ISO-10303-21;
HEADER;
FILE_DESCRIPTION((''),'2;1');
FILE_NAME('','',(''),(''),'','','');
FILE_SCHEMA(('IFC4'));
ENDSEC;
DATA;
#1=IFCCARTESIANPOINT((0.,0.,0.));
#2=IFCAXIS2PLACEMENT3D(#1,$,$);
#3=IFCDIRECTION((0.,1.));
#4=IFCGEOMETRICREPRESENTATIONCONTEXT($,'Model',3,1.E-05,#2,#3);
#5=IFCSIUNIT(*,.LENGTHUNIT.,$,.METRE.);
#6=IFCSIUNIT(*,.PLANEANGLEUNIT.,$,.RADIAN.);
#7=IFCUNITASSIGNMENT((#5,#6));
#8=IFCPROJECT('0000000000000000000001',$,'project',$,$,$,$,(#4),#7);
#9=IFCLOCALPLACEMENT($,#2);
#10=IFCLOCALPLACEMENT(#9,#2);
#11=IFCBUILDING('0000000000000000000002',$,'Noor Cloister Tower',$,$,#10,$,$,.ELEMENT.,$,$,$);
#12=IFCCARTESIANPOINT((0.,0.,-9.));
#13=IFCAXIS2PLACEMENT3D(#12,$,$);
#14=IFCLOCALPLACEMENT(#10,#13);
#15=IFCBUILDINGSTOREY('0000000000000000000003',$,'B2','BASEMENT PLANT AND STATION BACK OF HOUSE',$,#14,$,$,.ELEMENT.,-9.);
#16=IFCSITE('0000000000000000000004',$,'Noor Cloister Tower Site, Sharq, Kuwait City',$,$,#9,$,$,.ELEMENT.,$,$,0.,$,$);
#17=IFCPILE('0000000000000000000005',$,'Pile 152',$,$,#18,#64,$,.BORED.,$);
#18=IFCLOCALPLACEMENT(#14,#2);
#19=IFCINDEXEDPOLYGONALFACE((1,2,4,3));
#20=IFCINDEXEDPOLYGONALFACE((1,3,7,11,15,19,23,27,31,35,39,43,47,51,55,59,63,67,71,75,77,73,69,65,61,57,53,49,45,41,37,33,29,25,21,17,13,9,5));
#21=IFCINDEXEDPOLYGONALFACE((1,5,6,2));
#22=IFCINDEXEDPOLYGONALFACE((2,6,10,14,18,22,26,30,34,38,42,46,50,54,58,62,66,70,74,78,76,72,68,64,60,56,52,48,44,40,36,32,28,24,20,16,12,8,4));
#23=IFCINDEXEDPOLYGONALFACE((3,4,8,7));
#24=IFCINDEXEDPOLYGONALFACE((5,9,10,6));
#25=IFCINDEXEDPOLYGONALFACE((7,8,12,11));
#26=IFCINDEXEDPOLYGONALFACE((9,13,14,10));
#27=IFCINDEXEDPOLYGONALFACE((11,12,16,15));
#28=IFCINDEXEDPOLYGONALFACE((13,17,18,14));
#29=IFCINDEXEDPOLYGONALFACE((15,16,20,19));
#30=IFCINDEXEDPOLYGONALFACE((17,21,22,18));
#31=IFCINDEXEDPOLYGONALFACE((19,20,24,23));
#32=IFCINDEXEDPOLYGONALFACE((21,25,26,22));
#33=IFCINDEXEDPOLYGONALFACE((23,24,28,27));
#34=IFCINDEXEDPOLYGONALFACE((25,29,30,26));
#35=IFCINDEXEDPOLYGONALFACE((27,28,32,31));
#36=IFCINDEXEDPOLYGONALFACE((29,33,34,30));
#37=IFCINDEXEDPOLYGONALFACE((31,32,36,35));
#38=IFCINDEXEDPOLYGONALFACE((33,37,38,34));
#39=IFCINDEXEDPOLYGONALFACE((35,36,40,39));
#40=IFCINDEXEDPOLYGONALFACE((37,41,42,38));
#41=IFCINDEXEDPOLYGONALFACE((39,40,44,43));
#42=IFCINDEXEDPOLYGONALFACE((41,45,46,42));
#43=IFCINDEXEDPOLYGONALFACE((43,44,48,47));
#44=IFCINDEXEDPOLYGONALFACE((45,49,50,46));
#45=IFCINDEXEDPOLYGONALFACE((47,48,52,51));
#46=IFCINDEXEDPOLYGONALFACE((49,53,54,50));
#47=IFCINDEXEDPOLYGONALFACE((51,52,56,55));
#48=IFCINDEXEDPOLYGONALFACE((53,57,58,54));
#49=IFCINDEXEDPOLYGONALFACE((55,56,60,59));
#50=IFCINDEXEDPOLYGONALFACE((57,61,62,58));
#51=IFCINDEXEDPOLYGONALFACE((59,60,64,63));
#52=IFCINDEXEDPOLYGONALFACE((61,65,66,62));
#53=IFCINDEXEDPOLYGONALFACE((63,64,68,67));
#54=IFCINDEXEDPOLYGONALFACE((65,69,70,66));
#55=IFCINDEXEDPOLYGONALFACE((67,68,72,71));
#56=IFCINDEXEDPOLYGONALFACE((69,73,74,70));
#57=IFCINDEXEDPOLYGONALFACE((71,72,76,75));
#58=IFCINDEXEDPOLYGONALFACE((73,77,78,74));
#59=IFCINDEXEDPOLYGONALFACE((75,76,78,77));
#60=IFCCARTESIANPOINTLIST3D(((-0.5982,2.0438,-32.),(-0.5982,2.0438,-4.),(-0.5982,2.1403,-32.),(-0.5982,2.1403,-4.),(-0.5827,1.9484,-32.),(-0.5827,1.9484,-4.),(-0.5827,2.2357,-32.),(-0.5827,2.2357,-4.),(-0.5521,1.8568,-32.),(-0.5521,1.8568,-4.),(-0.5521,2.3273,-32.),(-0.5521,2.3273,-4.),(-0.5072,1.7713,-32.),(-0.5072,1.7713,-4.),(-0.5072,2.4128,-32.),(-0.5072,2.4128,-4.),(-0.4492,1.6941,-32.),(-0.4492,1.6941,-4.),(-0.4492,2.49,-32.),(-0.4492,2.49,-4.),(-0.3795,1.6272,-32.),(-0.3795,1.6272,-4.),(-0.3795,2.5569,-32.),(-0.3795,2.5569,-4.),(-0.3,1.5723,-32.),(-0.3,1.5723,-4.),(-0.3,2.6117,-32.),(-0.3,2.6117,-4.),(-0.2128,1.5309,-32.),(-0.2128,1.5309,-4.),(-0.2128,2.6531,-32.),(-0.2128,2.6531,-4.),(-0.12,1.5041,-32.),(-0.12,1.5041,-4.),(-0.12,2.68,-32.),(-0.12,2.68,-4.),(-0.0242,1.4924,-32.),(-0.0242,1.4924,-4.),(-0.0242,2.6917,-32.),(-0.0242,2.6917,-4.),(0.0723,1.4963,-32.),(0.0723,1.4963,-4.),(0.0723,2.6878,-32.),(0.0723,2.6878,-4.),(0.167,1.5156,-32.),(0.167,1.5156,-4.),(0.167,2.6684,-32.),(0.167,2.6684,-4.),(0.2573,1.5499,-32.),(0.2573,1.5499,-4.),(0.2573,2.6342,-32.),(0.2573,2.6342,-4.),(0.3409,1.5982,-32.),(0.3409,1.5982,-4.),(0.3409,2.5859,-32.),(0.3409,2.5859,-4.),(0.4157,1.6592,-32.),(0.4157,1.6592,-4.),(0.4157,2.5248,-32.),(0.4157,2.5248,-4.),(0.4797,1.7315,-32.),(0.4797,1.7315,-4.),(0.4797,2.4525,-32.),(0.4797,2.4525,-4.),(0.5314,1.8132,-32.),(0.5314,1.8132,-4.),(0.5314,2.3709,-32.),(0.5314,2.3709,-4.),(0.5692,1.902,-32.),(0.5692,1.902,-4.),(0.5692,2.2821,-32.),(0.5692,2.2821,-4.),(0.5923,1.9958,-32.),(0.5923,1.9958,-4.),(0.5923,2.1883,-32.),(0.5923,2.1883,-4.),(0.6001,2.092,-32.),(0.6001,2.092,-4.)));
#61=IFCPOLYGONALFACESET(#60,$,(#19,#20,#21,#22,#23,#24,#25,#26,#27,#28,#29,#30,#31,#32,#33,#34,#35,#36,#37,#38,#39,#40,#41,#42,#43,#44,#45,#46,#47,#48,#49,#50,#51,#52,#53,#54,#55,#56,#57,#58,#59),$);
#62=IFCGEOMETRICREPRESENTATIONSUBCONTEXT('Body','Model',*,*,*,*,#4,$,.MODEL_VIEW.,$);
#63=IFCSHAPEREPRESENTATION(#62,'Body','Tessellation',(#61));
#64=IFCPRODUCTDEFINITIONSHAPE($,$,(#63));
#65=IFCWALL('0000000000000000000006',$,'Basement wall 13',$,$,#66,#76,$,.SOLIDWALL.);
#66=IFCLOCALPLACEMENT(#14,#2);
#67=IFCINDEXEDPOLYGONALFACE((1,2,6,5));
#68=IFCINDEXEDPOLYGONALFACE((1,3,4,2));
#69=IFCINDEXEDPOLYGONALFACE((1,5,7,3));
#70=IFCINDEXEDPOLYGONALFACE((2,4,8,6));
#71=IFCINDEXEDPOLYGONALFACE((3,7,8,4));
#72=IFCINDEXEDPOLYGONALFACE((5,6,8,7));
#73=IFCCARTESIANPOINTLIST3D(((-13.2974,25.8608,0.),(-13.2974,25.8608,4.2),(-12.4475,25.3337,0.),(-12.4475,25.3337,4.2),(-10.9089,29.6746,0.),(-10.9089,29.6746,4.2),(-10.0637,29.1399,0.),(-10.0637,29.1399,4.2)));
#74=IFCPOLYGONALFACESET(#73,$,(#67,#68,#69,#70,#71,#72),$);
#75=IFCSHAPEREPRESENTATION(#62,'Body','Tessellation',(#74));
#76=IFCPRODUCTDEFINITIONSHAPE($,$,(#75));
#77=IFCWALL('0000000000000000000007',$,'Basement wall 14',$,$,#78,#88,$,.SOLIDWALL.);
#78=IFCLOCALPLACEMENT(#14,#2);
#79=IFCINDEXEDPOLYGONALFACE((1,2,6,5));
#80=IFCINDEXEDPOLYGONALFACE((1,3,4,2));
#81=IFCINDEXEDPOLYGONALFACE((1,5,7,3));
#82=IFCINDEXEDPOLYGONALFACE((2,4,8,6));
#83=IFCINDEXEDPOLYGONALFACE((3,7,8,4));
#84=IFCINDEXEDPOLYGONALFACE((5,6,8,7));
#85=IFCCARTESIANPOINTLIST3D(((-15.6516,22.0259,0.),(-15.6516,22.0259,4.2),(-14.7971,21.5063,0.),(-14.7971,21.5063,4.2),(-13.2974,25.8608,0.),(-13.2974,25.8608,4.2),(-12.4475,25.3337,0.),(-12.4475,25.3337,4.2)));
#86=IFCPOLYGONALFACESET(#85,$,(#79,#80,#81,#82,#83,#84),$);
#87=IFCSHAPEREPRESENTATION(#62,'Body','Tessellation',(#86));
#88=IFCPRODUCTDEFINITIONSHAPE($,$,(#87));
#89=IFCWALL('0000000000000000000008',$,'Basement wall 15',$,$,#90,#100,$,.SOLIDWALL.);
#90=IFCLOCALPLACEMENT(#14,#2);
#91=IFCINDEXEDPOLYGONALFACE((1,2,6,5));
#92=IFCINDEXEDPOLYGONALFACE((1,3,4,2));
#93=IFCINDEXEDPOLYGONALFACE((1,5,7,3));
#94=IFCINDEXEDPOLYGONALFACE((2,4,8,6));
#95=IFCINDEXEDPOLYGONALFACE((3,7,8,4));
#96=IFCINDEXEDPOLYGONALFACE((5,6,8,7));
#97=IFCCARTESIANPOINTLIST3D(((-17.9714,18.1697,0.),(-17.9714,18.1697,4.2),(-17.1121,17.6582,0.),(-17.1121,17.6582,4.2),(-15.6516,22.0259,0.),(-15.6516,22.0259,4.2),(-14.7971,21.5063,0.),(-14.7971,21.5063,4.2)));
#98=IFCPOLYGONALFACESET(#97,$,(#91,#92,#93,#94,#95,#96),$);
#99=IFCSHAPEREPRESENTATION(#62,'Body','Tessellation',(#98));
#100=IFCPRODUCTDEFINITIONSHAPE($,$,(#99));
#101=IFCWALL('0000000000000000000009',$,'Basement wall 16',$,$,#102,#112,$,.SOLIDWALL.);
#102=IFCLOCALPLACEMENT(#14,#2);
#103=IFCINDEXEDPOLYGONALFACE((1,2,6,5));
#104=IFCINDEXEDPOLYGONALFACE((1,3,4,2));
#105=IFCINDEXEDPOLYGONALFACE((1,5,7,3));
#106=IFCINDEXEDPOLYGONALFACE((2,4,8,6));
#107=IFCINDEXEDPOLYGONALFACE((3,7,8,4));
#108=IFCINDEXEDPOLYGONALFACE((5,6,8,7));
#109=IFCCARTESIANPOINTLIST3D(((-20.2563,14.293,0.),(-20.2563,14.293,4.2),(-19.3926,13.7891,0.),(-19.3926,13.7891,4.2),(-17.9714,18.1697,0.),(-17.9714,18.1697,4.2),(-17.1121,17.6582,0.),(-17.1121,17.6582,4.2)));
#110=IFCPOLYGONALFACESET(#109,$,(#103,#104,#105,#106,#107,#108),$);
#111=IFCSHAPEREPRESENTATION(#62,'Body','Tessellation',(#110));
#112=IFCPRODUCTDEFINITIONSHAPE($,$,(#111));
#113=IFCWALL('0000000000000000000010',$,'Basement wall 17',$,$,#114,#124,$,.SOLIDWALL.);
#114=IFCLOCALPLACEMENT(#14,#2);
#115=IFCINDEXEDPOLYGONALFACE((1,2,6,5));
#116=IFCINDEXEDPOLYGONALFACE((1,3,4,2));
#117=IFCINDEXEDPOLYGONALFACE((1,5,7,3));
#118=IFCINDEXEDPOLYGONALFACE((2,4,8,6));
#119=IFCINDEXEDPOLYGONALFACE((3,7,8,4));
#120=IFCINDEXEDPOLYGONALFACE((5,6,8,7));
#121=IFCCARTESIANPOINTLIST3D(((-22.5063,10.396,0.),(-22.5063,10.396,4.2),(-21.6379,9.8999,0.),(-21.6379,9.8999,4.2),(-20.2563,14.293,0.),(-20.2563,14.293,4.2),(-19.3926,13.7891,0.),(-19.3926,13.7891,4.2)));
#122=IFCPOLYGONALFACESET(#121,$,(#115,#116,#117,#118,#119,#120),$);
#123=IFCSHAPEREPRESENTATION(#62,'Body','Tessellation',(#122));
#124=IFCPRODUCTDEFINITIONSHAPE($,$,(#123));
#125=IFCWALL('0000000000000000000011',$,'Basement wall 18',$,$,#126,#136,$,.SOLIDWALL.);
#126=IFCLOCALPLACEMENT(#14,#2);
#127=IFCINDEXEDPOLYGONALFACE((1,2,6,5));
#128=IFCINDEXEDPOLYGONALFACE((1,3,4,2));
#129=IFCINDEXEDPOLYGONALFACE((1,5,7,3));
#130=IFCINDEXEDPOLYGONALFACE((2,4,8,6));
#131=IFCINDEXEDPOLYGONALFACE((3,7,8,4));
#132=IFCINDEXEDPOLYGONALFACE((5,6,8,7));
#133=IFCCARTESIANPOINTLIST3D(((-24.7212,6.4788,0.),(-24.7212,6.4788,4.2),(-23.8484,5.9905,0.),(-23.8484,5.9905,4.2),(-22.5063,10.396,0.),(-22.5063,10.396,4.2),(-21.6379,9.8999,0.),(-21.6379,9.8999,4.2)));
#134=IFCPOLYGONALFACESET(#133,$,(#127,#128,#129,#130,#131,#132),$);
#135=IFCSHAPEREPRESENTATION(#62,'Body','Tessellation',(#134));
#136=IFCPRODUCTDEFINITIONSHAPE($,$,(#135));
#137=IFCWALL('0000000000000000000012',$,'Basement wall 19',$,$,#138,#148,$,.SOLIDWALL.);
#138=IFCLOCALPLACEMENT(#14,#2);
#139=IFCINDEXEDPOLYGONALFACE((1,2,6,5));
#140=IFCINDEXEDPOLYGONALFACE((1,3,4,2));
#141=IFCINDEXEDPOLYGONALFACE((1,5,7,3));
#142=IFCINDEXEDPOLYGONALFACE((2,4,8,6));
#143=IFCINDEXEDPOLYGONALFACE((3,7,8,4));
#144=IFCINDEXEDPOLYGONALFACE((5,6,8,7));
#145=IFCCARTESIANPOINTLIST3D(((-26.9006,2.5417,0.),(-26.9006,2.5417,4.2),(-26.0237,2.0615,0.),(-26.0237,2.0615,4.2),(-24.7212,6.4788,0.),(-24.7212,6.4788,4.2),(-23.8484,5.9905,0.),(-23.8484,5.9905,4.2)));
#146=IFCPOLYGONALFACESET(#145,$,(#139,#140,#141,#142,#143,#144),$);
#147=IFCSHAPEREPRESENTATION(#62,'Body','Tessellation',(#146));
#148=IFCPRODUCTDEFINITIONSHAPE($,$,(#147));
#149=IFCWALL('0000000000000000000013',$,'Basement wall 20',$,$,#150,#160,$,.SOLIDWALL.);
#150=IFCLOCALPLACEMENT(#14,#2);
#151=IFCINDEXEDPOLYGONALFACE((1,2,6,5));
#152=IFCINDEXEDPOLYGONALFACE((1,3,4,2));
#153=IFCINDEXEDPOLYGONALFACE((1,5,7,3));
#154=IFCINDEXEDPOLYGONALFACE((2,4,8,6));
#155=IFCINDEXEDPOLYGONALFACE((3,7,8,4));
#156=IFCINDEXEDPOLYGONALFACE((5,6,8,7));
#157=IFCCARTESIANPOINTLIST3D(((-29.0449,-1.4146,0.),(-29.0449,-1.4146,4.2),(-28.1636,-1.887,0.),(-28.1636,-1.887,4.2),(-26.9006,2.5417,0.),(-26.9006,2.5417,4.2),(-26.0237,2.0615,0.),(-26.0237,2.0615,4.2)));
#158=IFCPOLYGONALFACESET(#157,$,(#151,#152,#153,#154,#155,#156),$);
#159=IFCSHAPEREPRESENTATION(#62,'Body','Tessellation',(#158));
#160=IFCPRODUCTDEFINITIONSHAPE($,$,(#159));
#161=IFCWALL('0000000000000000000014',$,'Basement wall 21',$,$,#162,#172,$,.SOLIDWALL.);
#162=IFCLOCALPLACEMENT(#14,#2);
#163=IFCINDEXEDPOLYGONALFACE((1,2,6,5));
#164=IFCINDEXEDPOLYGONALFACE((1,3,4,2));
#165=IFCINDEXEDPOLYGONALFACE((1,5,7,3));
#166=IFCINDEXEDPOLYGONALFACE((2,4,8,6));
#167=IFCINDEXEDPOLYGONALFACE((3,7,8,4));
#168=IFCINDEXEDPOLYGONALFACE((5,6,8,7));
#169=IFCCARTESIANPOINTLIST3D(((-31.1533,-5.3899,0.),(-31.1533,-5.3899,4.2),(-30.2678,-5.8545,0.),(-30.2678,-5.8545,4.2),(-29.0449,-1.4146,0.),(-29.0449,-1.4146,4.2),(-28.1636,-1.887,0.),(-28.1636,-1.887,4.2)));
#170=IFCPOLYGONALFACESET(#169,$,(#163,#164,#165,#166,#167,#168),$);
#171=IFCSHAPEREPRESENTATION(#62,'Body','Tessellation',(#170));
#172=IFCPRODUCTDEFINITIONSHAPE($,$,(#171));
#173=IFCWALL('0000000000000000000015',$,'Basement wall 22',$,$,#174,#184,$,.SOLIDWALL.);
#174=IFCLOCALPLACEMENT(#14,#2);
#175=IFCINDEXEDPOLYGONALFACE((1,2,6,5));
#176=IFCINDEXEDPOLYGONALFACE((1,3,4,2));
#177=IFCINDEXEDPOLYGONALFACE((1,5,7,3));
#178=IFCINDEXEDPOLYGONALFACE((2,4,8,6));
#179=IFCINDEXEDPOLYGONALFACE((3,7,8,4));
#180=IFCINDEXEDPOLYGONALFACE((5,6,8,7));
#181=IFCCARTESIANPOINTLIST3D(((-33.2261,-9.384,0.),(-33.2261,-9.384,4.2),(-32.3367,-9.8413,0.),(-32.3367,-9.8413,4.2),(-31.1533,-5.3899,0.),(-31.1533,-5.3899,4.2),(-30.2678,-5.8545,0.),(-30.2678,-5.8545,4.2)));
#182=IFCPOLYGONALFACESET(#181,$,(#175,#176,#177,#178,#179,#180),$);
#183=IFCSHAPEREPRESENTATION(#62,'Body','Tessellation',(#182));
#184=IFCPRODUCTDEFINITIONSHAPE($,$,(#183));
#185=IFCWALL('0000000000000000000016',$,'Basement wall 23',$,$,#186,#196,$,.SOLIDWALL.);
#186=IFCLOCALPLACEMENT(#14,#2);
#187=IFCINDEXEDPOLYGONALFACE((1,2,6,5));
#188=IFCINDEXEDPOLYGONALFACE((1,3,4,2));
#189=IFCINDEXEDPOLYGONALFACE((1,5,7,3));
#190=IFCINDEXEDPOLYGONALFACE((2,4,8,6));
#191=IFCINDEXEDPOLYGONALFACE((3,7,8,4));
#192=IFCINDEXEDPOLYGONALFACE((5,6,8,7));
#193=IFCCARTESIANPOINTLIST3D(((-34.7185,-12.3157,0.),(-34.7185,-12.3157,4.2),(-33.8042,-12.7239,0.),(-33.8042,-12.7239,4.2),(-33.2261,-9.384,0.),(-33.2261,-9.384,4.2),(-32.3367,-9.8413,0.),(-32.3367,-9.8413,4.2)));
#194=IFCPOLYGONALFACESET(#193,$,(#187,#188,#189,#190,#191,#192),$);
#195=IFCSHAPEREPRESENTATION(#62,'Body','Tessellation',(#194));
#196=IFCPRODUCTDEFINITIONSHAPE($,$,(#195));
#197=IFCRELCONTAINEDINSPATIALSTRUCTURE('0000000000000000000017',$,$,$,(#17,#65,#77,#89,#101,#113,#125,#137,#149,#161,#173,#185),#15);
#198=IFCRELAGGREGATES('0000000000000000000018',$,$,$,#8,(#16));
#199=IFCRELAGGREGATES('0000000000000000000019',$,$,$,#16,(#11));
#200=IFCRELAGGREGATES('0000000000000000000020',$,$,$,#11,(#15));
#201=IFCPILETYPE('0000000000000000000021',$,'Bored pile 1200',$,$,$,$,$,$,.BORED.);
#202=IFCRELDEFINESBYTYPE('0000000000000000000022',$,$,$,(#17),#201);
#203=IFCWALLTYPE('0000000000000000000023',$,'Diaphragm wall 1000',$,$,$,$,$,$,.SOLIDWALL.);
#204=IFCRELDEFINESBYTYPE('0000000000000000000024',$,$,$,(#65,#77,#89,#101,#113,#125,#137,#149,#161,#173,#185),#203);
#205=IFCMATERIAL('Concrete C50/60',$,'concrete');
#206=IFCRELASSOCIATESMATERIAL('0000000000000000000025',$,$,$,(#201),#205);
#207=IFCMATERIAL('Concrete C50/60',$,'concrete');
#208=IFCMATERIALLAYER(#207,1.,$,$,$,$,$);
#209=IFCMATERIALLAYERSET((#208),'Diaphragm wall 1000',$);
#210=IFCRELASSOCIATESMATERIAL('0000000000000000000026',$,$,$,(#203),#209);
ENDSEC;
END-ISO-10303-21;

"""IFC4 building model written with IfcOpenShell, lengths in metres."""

from ifc_helpers import new_model, si_unit, direction, frame, origin, origin_2d, place, context, subcontext, project, spatial, polyline, circle, outline, extrude, material, layer, layer_set, material_profile, profile_set, type_object, element, save


model = new_model("IFC4")

# Units and contexts
model_context = context("Model", 3, precision=1e-05, world=origin(), true_north=direction((0.0, 1.0)))
body_context = subcontext(model_context, "Body", "Model", "MODEL_VIEW")
ifc_project = project(units=[si_unit("LENGTHUNIT", "METRE"), si_unit("PLANEANGLEUNIT", "RADIAN")], contexts=[model_context])

# Site, building, storey
site_placement = place(None, origin())
site = spatial("IfcSite", under=ifc_project, at=site_placement, Name="Noor Cloister Tower Site, Sharq, Kuwait City", CompositionType="ELEMENT", RefElevation=0.0)
building_placement = place(site_placement, origin())
building = spatial("IfcBuilding", under=site, at=building_placement, Name="Noor Cloister Tower", CompositionType="ELEMENT")
storey_placement = place(building_placement, frame((0.0, 0.0, -9.0)))
storey = spatial("IfcBuildingStorey", under=building, at=storey_placement, Name="B2", Description="BASEMENT PLANT AND STATION BACK OF HOUSE", CompositionType="ELEMENT", Elevation=-9.0)

# Pile
ifc_material_1 = material(Name="Concrete C50/60", Category="concrete")
ifc_material_profile = material_profile(ifc_material_1, circle(Radius=0.6001, at=origin_2d()), Name="Bored pile 1200")
ifc_profile_set = profile_set([ifc_material_profile], Name="Concrete C50/60")
pile_type = type_object("IfcPileType", Name="Bored pile 1200", PredefinedType="BORED", material=ifc_profile_set)
pile_placement = place(storey_placement, frame((0.0, 2.092, -4.0), z_axis=(0.0, 0.0, -1.0), x_axis=(1.0, 0.0, 0.0)))
element("IfcPile", 1, at=pile_placement, inside=storey, type_object=pile_type, Name="Pile 152", PredefinedType="BORED", context=body_context, shape_type="SweptSolid", body=[
    extrude(circle(Radius=0.6001, at=origin_2d()), origin(), (0.0, 0.0, 1.0), 28.0),
])

# Walls
ifc_material_2 = material(Name="Concrete C50/60", Category="concrete")
ifc_layer = layer(ifc_material_2, 1.0)
ifc_layer_set = layer_set([ifc_layer], Name="Diaphragm wall 1000")
wall_type = type_object("IfcWallType", Name="Diaphragm wall 1000", PredefinedType="SOLIDWALL", material=ifc_layer_set)
wall_1_placement = place(storey_placement, origin())
element("IfcWall", 2, at=wall_1_placement, inside=storey, type_object=wall_type, Name="Basement wall 13", PredefinedType="SOLIDWALL", context=body_context, shape_type="SweptSolid", body=[
    extrude(outline(polyline([(-10.9089, 29.6746), (-13.2974, 25.8608), (-12.4475, 25.3337), (-10.0637, 29.1399), (-10.9089, 29.6746)])), origin(), (0.0, 0.0, 1.0), 4.2),
])
wall_2_placement = place(storey_placement, origin())
element("IfcWall", 3, at=wall_2_placement, inside=storey, type_object=wall_type, Name="Basement wall 14", PredefinedType="SOLIDWALL", context=body_context, shape_type="SweptSolid", body=[
    extrude(outline(polyline([(-13.2974, 25.8608), (-15.6516, 22.0259), (-14.7971, 21.5063), (-12.4475, 25.3337), (-13.2974, 25.8608)])), origin(), (0.0, 0.0, 1.0), 4.2),
])
wall_3_placement = place(storey_placement, origin())
element("IfcWall", 4, at=wall_3_placement, inside=storey, type_object=wall_type, Name="Basement wall 15", PredefinedType="SOLIDWALL", context=body_context, shape_type="SweptSolid", body=[
    extrude(outline(polyline([(-15.6516, 22.0259), (-17.9714, 18.1697), (-17.1121, 17.6582), (-14.7971, 21.5063), (-15.6516, 22.0259)])), origin(), (0.0, 0.0, 1.0), 4.2),
])
wall_4_placement = place(storey_placement, origin())
element("IfcWall", 5, at=wall_4_placement, inside=storey, type_object=wall_type, Name="Basement wall 16", PredefinedType="SOLIDWALL", context=body_context, shape_type="SweptSolid", body=[
    extrude(outline(polyline([(-17.9714, 18.1697), (-20.2563, 14.293), (-19.3926, 13.7891), (-17.1121, 17.6582), (-17.9714, 18.1697)])), origin(), (0.0, 0.0, 1.0), 4.2),
])
wall_5_placement = place(storey_placement, origin())
element("IfcWall", 6, at=wall_5_placement, inside=storey, type_object=wall_type, Name="Basement wall 17", PredefinedType="SOLIDWALL", context=body_context, shape_type="SweptSolid", body=[
    extrude(outline(polyline([(-20.2563, 14.293), (-22.5063, 10.396), (-21.6379, 9.8999), (-19.3926, 13.7891), (-20.2563, 14.293)])), origin(), (0.0, 0.0, 1.0), 4.2),
])
wall_6_placement = place(storey_placement, origin())
element("IfcWall", 7, at=wall_6_placement, inside=storey, type_object=wall_type, Name="Basement wall 18", PredefinedType="SOLIDWALL", context=body_context, shape_type="SweptSolid", body=[
    extrude(outline(polyline([(-22.5063, 10.396), (-24.7212, 6.4788), (-23.8484, 5.9905), (-21.6379, 9.8999), (-22.5063, 10.396)])), origin(), (0.0, 0.0, 1.0), 4.2),
])
wall_7_placement = place(storey_placement, origin())
element("IfcWall", 8, at=wall_7_placement, inside=storey, type_object=wall_type, Name="Basement wall 19", PredefinedType="SOLIDWALL", context=body_context, shape_type="SweptSolid", body=[
    extrude(outline(polyline([(-24.7212, 6.4788), (-26.9006, 2.5417), (-26.0237, 2.0615), (-23.8484, 5.9905), (-24.7212, 6.4788)])), origin(), (0.0, 0.0, 1.0), 4.2),
])
wall_8_placement = place(storey_placement, origin())
element("IfcWall", 9, at=wall_8_placement, inside=storey, type_object=wall_type, Name="Basement wall 20", PredefinedType="SOLIDWALL", context=body_context, shape_type="SweptSolid", body=[
    extrude(outline(polyline([(-26.9006, 2.5417), (-29.0449, -1.4146), (-28.1636, -1.887), (-26.0237, 2.0615), (-26.9006, 2.5417)])), origin(), (0.0, 0.0, 1.0), 4.2),
])
wall_9_placement = place(storey_placement, origin())
element("IfcWall", 10, at=wall_9_placement, inside=storey, type_object=wall_type, Name="Basement wall 21", PredefinedType="SOLIDWALL", context=body_context, shape_type="SweptSolid", body=[
    extrude(outline(polyline([(-29.0449, -1.4146), (-31.1533, -5.3899), (-30.2678, -5.8545), (-28.1636, -1.887), (-29.0449, -1.4146)])), origin(), (0.0, 0.0, 1.0), 4.2),
])
wall_10_placement = place(storey_placement, origin())
element("IfcWall", 11, at=wall_10_placement, inside=storey, type_object=wall_type, Name="Basement wall 22", PredefinedType="SOLIDWALL", context=body_context, shape_type="SweptSolid", body=[
    extrude(outline(polyline([(-31.1533, -5.3899), (-33.2261, -9.384), (-32.3367, -9.8413), (-30.2678, -5.8545), (-31.1533, -5.3899)])), origin(), (0.0, 0.0, 1.0), 4.2),
])
wall_11_placement = place(storey_placement, origin())
element("IfcWall", 12, at=wall_11_placement, inside=storey, type_object=wall_type, Name="Basement wall 23", PredefinedType="SOLIDWALL", context=body_context, shape_type="SweptSolid", body=[
    extrude(outline(polyline([(-33.2261, -9.384), (-34.7185, -12.3157), (-33.8042, -12.7239), (-32.3367, -9.8413), (-33.2261, -9.384)])), origin(), (0.0, 0.0, 1.0), 4.2),
])

save(model, "model.ifc")
